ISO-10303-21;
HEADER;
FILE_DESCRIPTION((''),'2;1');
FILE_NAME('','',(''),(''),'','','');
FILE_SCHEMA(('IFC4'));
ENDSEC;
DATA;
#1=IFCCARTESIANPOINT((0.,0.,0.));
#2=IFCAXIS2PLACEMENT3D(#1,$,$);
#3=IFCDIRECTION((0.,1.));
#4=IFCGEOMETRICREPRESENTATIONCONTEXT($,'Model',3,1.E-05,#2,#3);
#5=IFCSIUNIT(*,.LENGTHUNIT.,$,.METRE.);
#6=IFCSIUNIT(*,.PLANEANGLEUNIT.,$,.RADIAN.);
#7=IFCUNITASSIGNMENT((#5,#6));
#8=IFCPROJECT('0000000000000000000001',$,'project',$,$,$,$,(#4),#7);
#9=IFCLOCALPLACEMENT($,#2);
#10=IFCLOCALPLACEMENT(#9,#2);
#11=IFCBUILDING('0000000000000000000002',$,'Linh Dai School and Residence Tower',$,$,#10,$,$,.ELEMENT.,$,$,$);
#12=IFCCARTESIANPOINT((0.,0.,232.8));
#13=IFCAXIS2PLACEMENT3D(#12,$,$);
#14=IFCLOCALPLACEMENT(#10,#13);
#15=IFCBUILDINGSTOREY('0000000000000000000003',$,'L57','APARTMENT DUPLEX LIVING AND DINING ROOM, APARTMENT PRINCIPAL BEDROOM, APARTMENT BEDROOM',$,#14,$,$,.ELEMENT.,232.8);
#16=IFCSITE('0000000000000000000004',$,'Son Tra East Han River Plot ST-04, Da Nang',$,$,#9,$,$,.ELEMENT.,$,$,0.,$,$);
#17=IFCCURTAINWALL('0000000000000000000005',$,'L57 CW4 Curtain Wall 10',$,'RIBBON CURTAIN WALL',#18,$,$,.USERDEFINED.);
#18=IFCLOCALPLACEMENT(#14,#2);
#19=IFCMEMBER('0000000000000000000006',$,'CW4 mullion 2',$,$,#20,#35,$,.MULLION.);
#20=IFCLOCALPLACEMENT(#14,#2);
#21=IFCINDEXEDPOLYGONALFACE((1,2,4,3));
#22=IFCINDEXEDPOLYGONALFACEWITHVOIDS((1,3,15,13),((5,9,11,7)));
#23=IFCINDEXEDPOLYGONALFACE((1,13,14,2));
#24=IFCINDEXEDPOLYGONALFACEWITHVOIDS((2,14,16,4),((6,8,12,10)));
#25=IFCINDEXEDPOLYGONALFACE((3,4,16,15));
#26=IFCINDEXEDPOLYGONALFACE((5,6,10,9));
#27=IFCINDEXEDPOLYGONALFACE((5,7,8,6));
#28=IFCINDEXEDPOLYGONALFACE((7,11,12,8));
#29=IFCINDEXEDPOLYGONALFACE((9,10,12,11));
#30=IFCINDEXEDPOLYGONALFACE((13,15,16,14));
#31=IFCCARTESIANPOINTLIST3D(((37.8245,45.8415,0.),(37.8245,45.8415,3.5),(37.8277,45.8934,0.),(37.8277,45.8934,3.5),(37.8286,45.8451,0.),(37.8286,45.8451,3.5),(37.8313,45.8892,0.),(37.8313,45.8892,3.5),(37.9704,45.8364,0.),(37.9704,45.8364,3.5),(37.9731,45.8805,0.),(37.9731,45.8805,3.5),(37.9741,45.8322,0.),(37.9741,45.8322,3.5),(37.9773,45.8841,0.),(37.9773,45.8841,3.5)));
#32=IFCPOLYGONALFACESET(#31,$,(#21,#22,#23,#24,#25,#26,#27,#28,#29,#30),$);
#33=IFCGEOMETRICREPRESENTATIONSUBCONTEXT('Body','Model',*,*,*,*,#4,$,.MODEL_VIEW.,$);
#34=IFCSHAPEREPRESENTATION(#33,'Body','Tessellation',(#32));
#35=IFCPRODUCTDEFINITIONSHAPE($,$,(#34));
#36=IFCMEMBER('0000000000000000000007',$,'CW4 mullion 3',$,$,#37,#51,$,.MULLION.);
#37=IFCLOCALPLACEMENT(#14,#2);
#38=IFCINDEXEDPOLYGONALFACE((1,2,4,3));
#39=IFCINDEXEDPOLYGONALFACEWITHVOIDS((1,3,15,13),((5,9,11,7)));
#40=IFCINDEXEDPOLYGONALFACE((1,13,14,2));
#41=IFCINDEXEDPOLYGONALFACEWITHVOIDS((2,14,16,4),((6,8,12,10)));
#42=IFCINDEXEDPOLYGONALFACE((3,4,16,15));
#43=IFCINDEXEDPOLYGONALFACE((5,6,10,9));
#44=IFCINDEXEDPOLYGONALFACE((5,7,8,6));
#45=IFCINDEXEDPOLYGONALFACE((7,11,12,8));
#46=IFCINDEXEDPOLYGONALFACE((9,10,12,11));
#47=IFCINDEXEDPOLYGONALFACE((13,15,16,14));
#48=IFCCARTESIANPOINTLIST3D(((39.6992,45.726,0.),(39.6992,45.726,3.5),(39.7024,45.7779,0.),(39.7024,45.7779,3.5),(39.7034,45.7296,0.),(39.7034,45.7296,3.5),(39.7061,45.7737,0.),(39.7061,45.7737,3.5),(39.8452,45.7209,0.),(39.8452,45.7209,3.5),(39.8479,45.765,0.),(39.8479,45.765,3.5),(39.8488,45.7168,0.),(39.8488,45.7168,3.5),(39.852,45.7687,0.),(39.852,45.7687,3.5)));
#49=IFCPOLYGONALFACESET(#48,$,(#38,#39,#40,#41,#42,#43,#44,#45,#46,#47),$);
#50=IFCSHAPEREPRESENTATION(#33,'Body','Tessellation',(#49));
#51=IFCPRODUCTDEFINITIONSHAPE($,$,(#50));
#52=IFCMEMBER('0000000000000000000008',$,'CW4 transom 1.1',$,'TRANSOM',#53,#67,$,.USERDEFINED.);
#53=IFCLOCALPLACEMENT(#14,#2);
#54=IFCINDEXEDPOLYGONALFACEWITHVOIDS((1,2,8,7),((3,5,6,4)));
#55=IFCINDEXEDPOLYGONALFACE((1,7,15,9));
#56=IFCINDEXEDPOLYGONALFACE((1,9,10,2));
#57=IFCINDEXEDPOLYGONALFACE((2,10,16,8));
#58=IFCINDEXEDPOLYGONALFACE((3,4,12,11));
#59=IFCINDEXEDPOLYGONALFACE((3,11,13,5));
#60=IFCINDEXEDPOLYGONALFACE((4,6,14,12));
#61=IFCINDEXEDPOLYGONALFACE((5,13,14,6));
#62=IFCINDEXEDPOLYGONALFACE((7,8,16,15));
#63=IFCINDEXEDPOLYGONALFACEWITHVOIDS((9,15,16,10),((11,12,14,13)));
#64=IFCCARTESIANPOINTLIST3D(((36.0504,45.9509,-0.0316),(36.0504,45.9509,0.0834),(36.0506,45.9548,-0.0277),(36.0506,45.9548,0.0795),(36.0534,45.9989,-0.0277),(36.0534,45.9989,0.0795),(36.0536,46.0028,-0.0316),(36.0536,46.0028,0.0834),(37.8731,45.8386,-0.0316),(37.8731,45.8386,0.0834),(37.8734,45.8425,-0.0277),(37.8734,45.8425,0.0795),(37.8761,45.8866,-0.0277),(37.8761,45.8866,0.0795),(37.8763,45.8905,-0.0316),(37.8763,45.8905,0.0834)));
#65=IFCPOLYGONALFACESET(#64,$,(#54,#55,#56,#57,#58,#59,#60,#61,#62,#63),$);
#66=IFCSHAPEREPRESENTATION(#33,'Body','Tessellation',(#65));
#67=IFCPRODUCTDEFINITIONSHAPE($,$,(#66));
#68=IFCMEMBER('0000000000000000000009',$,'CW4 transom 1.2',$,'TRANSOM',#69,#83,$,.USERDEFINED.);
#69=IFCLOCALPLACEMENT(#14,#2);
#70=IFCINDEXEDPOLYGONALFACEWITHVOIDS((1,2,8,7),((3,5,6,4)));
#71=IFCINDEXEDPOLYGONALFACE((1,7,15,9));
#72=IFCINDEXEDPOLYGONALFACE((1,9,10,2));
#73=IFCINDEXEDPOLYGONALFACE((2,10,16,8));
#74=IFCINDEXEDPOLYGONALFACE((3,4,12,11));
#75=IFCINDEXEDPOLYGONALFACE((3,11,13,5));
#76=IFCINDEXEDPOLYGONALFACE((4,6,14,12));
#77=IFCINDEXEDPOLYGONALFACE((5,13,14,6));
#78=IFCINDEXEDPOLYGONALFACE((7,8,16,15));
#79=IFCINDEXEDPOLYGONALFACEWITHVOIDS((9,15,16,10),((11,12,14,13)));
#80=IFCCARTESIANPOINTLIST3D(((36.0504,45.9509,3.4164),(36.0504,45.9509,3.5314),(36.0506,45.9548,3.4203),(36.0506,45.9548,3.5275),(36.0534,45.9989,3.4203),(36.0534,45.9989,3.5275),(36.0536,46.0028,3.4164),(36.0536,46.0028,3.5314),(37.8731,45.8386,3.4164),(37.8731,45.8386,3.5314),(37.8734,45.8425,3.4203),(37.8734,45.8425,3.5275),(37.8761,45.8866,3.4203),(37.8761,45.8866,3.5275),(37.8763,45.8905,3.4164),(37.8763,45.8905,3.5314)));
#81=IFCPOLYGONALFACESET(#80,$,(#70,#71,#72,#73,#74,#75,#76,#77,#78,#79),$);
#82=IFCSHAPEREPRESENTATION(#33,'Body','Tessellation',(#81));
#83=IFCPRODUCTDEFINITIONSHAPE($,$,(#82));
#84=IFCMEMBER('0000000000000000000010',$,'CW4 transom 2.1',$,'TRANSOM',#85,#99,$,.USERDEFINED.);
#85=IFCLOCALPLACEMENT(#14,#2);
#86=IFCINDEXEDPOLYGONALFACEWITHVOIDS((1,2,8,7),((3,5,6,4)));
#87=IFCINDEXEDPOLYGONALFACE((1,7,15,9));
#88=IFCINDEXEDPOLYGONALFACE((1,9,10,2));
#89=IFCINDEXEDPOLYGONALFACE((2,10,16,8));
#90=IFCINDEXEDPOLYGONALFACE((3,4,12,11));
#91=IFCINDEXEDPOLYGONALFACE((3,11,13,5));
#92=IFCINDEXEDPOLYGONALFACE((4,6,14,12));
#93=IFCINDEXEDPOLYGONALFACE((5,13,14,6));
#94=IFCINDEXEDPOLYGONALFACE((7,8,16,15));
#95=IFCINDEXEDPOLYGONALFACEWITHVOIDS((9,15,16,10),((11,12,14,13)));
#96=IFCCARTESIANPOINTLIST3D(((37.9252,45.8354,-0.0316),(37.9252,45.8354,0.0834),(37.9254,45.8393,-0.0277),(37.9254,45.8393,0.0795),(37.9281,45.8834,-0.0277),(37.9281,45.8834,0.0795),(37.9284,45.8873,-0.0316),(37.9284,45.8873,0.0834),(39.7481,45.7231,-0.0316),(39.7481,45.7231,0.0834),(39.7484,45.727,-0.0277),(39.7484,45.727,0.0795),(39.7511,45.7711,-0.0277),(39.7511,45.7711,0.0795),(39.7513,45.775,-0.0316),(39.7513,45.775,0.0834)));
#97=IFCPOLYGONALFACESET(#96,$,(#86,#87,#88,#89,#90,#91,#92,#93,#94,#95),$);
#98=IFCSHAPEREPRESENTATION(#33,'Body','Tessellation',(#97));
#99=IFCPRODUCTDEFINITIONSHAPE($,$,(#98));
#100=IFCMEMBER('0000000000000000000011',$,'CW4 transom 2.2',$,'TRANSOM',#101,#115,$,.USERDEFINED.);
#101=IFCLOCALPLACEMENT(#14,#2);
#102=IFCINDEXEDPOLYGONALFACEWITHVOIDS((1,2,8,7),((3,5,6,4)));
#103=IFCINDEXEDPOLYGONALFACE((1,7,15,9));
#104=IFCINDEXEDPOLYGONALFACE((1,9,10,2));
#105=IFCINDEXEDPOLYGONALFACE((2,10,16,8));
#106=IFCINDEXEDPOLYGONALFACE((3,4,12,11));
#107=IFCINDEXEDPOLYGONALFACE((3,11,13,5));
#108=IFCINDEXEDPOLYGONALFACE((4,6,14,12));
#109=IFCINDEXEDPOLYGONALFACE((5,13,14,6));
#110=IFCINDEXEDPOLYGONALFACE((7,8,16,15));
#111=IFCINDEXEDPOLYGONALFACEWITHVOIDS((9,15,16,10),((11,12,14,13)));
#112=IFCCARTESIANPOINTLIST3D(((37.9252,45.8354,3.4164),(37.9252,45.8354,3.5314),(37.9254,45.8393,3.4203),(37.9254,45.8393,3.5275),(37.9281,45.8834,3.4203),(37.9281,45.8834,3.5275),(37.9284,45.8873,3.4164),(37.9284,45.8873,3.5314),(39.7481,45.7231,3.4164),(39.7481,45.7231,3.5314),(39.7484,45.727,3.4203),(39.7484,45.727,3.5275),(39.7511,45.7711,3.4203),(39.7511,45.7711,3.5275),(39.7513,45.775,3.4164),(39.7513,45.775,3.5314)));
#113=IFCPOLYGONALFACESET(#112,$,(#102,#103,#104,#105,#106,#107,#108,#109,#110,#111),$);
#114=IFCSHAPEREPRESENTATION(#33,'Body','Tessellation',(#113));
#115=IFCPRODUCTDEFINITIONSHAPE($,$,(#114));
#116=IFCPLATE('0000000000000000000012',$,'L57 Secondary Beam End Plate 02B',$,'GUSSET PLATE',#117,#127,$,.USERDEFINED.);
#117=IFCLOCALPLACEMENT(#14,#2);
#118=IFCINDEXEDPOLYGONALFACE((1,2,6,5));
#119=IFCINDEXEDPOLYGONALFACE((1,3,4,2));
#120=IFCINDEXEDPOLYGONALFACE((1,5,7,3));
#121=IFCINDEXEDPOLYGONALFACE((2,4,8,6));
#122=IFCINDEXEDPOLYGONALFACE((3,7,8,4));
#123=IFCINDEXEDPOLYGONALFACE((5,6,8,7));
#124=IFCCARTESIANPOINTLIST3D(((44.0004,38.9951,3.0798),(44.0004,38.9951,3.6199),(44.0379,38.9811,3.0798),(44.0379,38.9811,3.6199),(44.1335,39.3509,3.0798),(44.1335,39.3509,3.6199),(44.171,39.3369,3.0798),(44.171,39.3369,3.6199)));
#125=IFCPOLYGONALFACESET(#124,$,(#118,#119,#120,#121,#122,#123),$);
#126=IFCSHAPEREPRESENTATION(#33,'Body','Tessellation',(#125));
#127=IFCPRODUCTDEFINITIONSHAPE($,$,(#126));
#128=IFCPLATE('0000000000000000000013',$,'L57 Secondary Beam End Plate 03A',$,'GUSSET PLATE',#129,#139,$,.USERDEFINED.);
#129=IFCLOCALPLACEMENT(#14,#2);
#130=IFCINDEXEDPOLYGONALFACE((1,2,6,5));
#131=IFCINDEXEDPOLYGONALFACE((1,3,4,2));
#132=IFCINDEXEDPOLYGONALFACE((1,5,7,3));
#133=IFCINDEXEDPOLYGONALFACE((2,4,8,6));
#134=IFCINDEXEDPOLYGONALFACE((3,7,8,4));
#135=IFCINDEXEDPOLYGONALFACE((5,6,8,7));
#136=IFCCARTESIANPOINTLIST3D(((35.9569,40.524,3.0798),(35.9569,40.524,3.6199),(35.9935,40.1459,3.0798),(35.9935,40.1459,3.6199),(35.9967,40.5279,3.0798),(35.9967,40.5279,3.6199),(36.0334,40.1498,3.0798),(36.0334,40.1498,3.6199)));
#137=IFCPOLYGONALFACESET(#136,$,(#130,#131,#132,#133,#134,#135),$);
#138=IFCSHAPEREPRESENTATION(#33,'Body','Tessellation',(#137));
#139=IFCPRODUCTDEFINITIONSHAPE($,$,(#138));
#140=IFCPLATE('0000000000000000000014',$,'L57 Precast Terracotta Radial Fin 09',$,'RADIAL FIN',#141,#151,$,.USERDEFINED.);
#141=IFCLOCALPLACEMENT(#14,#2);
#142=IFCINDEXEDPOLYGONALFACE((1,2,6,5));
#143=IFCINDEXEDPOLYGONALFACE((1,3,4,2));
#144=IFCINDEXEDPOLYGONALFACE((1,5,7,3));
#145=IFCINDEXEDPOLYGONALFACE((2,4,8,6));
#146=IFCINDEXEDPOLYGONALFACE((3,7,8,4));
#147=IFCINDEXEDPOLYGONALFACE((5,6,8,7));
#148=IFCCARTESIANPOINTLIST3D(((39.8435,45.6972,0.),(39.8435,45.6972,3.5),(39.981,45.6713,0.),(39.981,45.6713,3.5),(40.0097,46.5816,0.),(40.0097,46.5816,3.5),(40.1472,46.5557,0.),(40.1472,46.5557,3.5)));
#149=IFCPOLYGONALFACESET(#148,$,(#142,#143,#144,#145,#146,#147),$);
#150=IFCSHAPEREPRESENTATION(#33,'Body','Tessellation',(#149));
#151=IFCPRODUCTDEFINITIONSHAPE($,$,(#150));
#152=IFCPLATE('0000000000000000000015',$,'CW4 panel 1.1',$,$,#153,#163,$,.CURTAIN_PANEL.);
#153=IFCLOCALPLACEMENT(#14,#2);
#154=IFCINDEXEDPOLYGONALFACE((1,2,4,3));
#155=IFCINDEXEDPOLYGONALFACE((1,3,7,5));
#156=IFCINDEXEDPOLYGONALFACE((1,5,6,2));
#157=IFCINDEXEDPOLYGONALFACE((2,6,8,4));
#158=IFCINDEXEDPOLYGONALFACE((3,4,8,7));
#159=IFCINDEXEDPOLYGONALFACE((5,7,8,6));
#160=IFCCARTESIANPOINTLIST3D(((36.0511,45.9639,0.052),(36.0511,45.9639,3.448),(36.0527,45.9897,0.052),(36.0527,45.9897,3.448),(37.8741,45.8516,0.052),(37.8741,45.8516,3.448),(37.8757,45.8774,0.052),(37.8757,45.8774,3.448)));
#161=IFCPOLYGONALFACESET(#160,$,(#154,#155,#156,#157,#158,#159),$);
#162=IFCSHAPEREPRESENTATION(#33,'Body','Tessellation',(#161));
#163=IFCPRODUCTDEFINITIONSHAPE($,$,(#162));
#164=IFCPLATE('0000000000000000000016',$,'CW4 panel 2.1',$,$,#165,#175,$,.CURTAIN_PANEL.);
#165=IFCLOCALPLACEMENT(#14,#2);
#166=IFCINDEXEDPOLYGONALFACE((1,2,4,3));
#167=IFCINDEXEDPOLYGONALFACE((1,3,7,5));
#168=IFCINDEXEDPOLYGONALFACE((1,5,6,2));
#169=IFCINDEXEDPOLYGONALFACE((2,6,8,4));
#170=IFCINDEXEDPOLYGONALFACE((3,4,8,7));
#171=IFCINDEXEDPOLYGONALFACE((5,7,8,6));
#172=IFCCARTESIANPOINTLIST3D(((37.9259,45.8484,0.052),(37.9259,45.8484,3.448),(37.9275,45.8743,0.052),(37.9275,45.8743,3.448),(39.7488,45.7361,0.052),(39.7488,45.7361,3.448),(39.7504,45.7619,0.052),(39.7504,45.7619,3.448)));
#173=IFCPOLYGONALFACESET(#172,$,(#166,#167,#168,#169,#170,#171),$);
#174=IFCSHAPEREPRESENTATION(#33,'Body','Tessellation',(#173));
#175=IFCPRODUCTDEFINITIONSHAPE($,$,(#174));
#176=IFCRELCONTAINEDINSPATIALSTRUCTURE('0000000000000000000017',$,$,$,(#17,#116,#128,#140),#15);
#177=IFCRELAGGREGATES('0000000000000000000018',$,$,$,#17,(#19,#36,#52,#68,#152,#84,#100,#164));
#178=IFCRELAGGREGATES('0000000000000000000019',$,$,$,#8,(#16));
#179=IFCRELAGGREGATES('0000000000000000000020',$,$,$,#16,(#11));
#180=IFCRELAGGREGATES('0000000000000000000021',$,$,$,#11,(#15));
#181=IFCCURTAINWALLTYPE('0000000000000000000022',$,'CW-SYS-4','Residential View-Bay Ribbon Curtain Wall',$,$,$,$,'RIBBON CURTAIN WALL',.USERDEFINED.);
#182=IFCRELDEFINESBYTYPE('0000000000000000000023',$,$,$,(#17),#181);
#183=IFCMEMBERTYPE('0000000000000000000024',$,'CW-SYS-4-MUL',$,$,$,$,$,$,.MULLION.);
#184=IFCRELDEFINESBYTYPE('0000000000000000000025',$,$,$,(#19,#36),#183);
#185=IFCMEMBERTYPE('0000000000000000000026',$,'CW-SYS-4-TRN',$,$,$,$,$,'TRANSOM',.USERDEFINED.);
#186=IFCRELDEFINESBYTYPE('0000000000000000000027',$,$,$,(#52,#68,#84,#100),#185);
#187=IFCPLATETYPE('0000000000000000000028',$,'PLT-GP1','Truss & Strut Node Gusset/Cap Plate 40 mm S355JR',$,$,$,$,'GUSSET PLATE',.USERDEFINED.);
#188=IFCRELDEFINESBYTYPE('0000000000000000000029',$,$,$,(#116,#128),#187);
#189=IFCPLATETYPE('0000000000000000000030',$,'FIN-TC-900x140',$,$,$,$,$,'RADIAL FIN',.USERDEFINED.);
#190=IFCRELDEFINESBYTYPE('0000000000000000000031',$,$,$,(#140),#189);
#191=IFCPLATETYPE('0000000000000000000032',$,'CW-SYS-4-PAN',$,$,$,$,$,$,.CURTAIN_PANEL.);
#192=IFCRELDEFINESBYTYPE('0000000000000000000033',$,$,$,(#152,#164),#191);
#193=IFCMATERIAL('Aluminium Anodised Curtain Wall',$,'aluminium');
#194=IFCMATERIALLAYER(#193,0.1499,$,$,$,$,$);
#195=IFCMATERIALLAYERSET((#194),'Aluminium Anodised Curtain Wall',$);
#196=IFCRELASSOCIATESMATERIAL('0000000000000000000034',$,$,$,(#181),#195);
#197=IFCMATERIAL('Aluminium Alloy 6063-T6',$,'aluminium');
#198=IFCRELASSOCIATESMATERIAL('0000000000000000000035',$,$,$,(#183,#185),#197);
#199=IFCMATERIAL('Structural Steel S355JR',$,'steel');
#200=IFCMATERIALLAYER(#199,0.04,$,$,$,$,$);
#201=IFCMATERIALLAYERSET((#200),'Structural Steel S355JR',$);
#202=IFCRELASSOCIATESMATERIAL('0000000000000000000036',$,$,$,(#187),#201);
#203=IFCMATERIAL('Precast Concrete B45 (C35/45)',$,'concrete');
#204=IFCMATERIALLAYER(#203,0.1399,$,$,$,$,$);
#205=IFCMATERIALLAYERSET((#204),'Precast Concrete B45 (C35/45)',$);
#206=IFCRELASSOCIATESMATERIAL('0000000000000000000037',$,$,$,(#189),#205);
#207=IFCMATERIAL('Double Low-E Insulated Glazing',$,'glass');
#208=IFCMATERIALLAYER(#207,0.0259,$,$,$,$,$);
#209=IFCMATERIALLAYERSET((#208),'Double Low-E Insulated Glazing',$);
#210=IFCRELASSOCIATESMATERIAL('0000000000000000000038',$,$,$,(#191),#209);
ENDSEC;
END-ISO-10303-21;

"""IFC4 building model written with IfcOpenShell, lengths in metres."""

from ifc_helpers import new_model, si_unit, direction, frame, origin, origin_2d, place, context, subcontext, project, spatial, rectangle, hollow_rectangle, extrude, source, transform, mapped, material, layer, layer_set, material_profile, profile_set, type_object, element, aggregate, save


model = new_model("IFC4")

# Units and contexts
model_context = context("Model", 3, precision=1e-05, world=origin(), true_north=direction((0.0, 1.0)))
body_context = subcontext(model_context, "Body", "Model", "MODEL_VIEW")
ifc_project = project(units=[si_unit("LENGTHUNIT", "METRE"), si_unit("PLANEANGLEUNIT", "RADIAN")], contexts=[model_context])

# Site, building, storey
site_placement = place(None, origin())
site = spatial("IfcSite", under=ifc_project, at=site_placement, Name="Son Tra East Han River Plot ST-04, Da Nang", CompositionType="ELEMENT", RefElevation=0.0)
building_placement = place(site_placement, origin())
building = spatial("IfcBuilding", under=site, at=building_placement, Name="Linh Dai School and Residence Tower", CompositionType="ELEMENT")
storey_placement = place(building_placement, frame((0.0, 0.0, 232.8)))
storey = spatial("IfcBuildingStorey", under=building, at=storey_placement, Name="L57", Description="APARTMENT DUPLEX LIVING AND DINING ROOM, APARTMENT PRINCIPAL BEDROOM, APARTMENT BEDROOM", CompositionType="ELEMENT", Elevation=232.8)

# Shared definitions
ifc_material_1 = material(Name="Structural Steel S355JR", Category="steel")

# Curtain wall, members
ifc_material_2 = material(Name="Aluminium Anodised Curtain Wall", Category="aluminium")
ifc_layer_1 = layer(ifc_material_2, 0.1499)
ifc_layer_set_1 = layer_set([ifc_layer_1], Name="Aluminium Anodised Curtain Wall")
curtain_wall_type = type_object("IfcCurtainWallType", Name="CW-SYS-4", Description="Residential View-Bay Ribbon Curtain Wall", ElementType="RIBBON CURTAIN WALL", PredefinedType="USERDEFINED", material=ifc_layer_set_1)
curtain_wall_placement = place(storey_placement, origin())
curtain_wall = element("IfcCurtainWall", 1, at=curtain_wall_placement, inside=storey, type_object=curtain_wall_type, Name="L57 CW4 Curtain Wall 10", ObjectType="RIBBON CURTAIN WALL", PredefinedType="USERDEFINED")
ifc_material_3 = material(Name="Aluminium Alloy 6063-T6", Category="aluminium")
ifc_material_profile_1 = material_profile(ifc_material_3, hollow_rectangle(XDim=0.052, YDim=0.1499, WallThickness=0.0039, at=origin_2d()), Name="RHS 150x52x4")
ifc_profile_set_1 = profile_set([ifc_material_profile_1], Name="Aluminium Alloy 6063-T6")
member_type_1 = type_object("IfcMemberType", Name="CW-SYS-4-MUL", PredefinedType="MULLION", material=ifc_profile_set_1)
shared_shape_1 = source(origin(), body_context, "Body", "SweptSolid", [
    extrude(hollow_rectangle(XDim=0.052, YDim=0.1499, WallThickness=0.0039, at=origin_2d()), origin(), (0.0, 0.0, 1.0), 3.5),
])
member_1_placement = place(storey_placement, frame((37.9009, 45.8628, 0.0), z_axis=(0.0, 0.0, 1.0), x_axis=(0.061504, 0.998107, 0.0)))
member_1 = element("IfcMember", 2, at=member_1_placement, type_object=member_type_1, Name="CW4 mullion 2", PredefinedType="MULLION", context=body_context, shape_type="MappedRepresentation", body=[
    mapped(shared_shape_1, transform((0.0, 0.0, 0.0), x_axis=(1.0, 0.0, 0.0), y_axis=(0.0, 1.0, 0.0), z_axis=(0.0, 0.0, 1.0), scale=1.0)),
])
member_2_placement = place(storey_placement, frame((39.7756, 45.7473, 0.0), z_axis=(0.0, 0.0, 1.0), x_axis=(0.061504, 0.998107, 0.0)))
member_2 = element("IfcMember", 3, at=member_2_placement, type_object=member_type_1, Name="CW4 mullion 3", PredefinedType="MULLION", context=body_context, shape_type="MappedRepresentation", body=[
    mapped(shared_shape_1, transform((0.0, 0.0, 0.0), x_axis=(1.0, 0.0, 0.0), y_axis=(0.0, 1.0, 0.0), z_axis=(0.0, 0.0, 1.0), scale=1.0)),
])
ifc_material_profile_2 = material_profile(ifc_material_3, hollow_rectangle(XDim=0.052, YDim=0.115, WallThickness=0.0039, at=origin_2d()), Name="RHS 115x52x4")
ifc_profile_set_2 = profile_set([ifc_material_profile_2], Name="Aluminium Alloy 6063-T6")
member_type_2 = type_object("IfcMemberType", Name="CW-SYS-4-TRN", ElementType="TRANSOM", PredefinedType="USERDEFINED", material=ifc_profile_set_2)
shared_shape_2 = source(origin(), body_context, "Body", "SweptSolid", [
    extrude(hollow_rectangle(XDim=0.052, YDim=0.115, WallThickness=0.0039, at=origin_2d()), origin(), (0.0, 0.0, 1.0), 1.8262),
])
member_3_placement = place(storey_placement, frame((36.052, 45.9768, 0.0259), z_axis=(0.998107, -0.061496, 0.0), x_axis=(0.061496, 0.998107, 0.0)))
member_3 = element("IfcMember", 4, at=member_3_placement, type_object=member_type_2, Name="CW4 transom 1.1", ObjectType="TRANSOM", PredefinedType="USERDEFINED", context=body_context, shape_type="MappedRepresentation", body=[
    mapped(shared_shape_2, transform((0.0, 0.0, 0.0), x_axis=(1.0, 0.0, 0.0), y_axis=(0.0, 1.0, 0.0), z_axis=(0.0, 0.0, 1.0), scale=1.0)),
])
member_4_placement = place(storey_placement, frame((36.052, 45.9768, 3.4739), z_axis=(0.998107, -0.061496, 0.0), x_axis=(0.061496, 0.998107, 0.0)))
member_4 = element("IfcMember", 5, at=member_4_placement, type_object=member_type_2, Name="CW4 transom 1.2", ObjectType="TRANSOM", PredefinedType="USERDEFINED", context=body_context, shape_type="MappedRepresentation", body=[
    mapped(shared_shape_2, transform((0.0, 0.0, 0.0), x_axis=(1.0, 0.0, 0.0), y_axis=(0.0, 1.0, 0.0), z_axis=(0.0, 0.0, 1.0), scale=1.0)),
])
shared_shape_3 = source(origin(), body_context, "Body", "SweptSolid", [
    extrude(hollow_rectangle(XDim=0.052, YDim=0.115, WallThickness=0.0039, at=origin_2d()), origin(), (0.0, 0.0, 1.0), 1.8264),
])
member_5_placement = place(storey_placement, frame((37.9268, 45.8613, 0.0259), z_axis=(0.998108, -0.061488, 0.0), x_axis=(0.061488, 0.998108, 0.0)))
member_5 = element("IfcMember", 6, at=member_5_placement, type_object=member_type_2, Name="CW4 transom 2.1", ObjectType="TRANSOM", PredefinedType="USERDEFINED", context=body_context, shape_type="MappedRepresentation", body=[
    mapped(shared_shape_3, transform((0.0, 0.0, 0.0), x_axis=(1.0, 0.0, 0.0), y_axis=(0.0, 1.0, 0.0), z_axis=(0.0, 0.0, 1.0), scale=1.0)),
])
member_6_placement = place(storey_placement, frame((37.9268, 45.8613, 3.4739), z_axis=(0.998108, -0.061488, 0.0), x_axis=(0.061488, 0.998108, 0.0)))
member_6 = element("IfcMember", 7, at=member_6_placement, type_object=member_type_2, Name="CW4 transom 2.2", ObjectType="TRANSOM", PredefinedType="USERDEFINED", context=body_context, shape_type="MappedRepresentation", body=[
    mapped(shared_shape_3, transform((0.0, 0.0, 0.0), x_axis=(1.0, 0.0, 0.0), y_axis=(0.0, 1.0, 0.0), z_axis=(0.0, 0.0, 1.0), scale=1.0)),
])

# Plates
ifc_layer_2 = layer(ifc_material_1, 0.04)
ifc_layer_set_2 = layer_set([ifc_layer_2], Name="Structural Steel S355JR")
plate_type_1 = type_object("IfcPlateType", Name="PLT-GP1", Description="Truss & Strut Node Gusset/Cap Plate 40 mm S355JR", ElementType="GUSSET PLATE", PredefinedType="USERDEFINED", material=ifc_layer_set_2)
shared_shape_4 = source(origin(), body_context, "Body", "SweptSolid", [
    extrude(rectangle(XDim=0.04, YDim=0.3799, at=origin_2d()), origin(), (0.0, 0.0, 1.0), 0.54),
])
for number, where, z_axis, x_axis, name in (
    (8, (44.0857, 39.166, 3.0798), (0.0, 0.0, 1.0), (-0.936534, 0.350577, 0.0), "L57 Secondary Beam End Plate 02B"),
    (9, (35.9951, 40.3369, 3.0798), (0.0, 0.0, 1.0), (-0.995333, -0.096497, 0.0), "L57 Secondary Beam End Plate 03A"),
):
    element("IfcPlate", number, at=place(storey_placement, frame(where, z_axis=z_axis, x_axis=x_axis)), inside=storey, type_object=plate_type_1, Name=name, ObjectType="GUSSET PLATE", PredefinedType="USERDEFINED", context=body_context, shape_type="MappedRepresentation", body=[
        mapped(shared_shape_4, transform((0.0, 0.0, 0.0), x_axis=(1.0, 0.0, 0.0), y_axis=(0.0, 1.0, 0.0), z_axis=(0.0, 0.0, 1.0), scale=1.0)),
    ])
ifc_material_4 = material(Name="Precast Concrete B45 (C35/45)", Category="concrete")
ifc_layer_3 = layer(ifc_material_4, 0.1399)
ifc_layer_set_3 = layer_set([ifc_layer_3], Name="Precast Concrete B45 (C35/45)")
plate_type_2 = type_object("IfcPlateType", Name="FIN-TC-900x140", ElementType="RADIAL FIN", PredefinedType="USERDEFINED", material=ifc_layer_set_3)
shared_shape_5 = source(origin(), body_context, "Body", "SweptSolid", [
    extrude(rectangle(XDim=0.8999, YDim=0.1399, at=origin_2d()), origin(), (0.0, 0.0, 1.0), 3.5),
])
plate_1_placement = place(storey_placement, frame((39.9954, 46.1265, 0.0), z_axis=(0.0, 0.0, 1.0), x_axis=(0.184744, 0.982787, 0.0)))
element("IfcPlate", 10, at=plate_1_placement, inside=storey, type_object=plate_type_2, Name="L57 Precast Terracotta Radial Fin 09", ObjectType="RADIAL FIN", PredefinedType="USERDEFINED", context=body_context, shape_type="MappedRepresentation", body=[
    mapped(shared_shape_5, transform((0.0, 0.0, 0.0), x_axis=(1.0, 0.0, 0.0), y_axis=(0.0, 1.0, 0.0), z_axis=(0.0, 0.0, 1.0), scale=1.0)),
])

# Plates
ifc_material_5 = material(Name="Double Low-E Insulated Glazing", Category="glass")
ifc_layer_4 = layer(ifc_material_5, 0.0259)
ifc_layer_set_4 = layer_set([ifc_layer_4], Name="Double Low-E Insulated Glazing")
plate_type_3 = type_object("IfcPlateType", Name="CW-SYS-4-PAN", PredefinedType="CURTAIN_PANEL", material=ifc_layer_set_4)
shared_shape_6 = source(origin(), body_context, "Body", "SweptSolid", [
    extrude(rectangle(XDim=1.8264, YDim=0.0259, at=origin_2d()), origin(), (0.0, 0.0, 1.0), 3.396),
])
plate_2_placement = place(storey_placement, frame((36.9634, 45.9207, 0.052), z_axis=(0.0, 0.0, 1.0), x_axis=(0.998107, -0.061504, 0.0)))
plate_2 = element("IfcPlate", 11, at=plate_2_placement, type_object=plate_type_3, Name="CW4 panel 1.1", PredefinedType="CURTAIN_PANEL", context=body_context, shape_type="MappedRepresentation", body=[
    mapped(shared_shape_6, transform((0.0, 0.0, 0.0), x_axis=(1.0, 0.0, 0.0), y_axis=(0.0, 1.0, 0.0), z_axis=(0.0, 0.0, 1.0), scale=1.0)),
])
plate_3_placement = place(storey_placement, frame((38.8381, 45.8052, 0.052), z_axis=(0.0, 0.0, 1.0), x_axis=(0.998107, -0.061504, 0.0)))
plate_3 = element("IfcPlate", 12, at=plate_3_placement, type_object=plate_type_3, Name="CW4 panel 2.1", PredefinedType="CURTAIN_PANEL", context=body_context, shape_type="MappedRepresentation", body=[
    mapped(shared_shape_6, transform((0.0, 0.0, 0.0), x_axis=(1.0, 0.0, 0.0), y_axis=(0.0, 1.0, 0.0), z_axis=(0.0, 0.0, 1.0), scale=1.0)),
])
aggregate(curtain_wall, [member_1, member_2, member_3, member_4, plate_2, member_5, member_6, plate_3])

save(model, "model.ifc")
